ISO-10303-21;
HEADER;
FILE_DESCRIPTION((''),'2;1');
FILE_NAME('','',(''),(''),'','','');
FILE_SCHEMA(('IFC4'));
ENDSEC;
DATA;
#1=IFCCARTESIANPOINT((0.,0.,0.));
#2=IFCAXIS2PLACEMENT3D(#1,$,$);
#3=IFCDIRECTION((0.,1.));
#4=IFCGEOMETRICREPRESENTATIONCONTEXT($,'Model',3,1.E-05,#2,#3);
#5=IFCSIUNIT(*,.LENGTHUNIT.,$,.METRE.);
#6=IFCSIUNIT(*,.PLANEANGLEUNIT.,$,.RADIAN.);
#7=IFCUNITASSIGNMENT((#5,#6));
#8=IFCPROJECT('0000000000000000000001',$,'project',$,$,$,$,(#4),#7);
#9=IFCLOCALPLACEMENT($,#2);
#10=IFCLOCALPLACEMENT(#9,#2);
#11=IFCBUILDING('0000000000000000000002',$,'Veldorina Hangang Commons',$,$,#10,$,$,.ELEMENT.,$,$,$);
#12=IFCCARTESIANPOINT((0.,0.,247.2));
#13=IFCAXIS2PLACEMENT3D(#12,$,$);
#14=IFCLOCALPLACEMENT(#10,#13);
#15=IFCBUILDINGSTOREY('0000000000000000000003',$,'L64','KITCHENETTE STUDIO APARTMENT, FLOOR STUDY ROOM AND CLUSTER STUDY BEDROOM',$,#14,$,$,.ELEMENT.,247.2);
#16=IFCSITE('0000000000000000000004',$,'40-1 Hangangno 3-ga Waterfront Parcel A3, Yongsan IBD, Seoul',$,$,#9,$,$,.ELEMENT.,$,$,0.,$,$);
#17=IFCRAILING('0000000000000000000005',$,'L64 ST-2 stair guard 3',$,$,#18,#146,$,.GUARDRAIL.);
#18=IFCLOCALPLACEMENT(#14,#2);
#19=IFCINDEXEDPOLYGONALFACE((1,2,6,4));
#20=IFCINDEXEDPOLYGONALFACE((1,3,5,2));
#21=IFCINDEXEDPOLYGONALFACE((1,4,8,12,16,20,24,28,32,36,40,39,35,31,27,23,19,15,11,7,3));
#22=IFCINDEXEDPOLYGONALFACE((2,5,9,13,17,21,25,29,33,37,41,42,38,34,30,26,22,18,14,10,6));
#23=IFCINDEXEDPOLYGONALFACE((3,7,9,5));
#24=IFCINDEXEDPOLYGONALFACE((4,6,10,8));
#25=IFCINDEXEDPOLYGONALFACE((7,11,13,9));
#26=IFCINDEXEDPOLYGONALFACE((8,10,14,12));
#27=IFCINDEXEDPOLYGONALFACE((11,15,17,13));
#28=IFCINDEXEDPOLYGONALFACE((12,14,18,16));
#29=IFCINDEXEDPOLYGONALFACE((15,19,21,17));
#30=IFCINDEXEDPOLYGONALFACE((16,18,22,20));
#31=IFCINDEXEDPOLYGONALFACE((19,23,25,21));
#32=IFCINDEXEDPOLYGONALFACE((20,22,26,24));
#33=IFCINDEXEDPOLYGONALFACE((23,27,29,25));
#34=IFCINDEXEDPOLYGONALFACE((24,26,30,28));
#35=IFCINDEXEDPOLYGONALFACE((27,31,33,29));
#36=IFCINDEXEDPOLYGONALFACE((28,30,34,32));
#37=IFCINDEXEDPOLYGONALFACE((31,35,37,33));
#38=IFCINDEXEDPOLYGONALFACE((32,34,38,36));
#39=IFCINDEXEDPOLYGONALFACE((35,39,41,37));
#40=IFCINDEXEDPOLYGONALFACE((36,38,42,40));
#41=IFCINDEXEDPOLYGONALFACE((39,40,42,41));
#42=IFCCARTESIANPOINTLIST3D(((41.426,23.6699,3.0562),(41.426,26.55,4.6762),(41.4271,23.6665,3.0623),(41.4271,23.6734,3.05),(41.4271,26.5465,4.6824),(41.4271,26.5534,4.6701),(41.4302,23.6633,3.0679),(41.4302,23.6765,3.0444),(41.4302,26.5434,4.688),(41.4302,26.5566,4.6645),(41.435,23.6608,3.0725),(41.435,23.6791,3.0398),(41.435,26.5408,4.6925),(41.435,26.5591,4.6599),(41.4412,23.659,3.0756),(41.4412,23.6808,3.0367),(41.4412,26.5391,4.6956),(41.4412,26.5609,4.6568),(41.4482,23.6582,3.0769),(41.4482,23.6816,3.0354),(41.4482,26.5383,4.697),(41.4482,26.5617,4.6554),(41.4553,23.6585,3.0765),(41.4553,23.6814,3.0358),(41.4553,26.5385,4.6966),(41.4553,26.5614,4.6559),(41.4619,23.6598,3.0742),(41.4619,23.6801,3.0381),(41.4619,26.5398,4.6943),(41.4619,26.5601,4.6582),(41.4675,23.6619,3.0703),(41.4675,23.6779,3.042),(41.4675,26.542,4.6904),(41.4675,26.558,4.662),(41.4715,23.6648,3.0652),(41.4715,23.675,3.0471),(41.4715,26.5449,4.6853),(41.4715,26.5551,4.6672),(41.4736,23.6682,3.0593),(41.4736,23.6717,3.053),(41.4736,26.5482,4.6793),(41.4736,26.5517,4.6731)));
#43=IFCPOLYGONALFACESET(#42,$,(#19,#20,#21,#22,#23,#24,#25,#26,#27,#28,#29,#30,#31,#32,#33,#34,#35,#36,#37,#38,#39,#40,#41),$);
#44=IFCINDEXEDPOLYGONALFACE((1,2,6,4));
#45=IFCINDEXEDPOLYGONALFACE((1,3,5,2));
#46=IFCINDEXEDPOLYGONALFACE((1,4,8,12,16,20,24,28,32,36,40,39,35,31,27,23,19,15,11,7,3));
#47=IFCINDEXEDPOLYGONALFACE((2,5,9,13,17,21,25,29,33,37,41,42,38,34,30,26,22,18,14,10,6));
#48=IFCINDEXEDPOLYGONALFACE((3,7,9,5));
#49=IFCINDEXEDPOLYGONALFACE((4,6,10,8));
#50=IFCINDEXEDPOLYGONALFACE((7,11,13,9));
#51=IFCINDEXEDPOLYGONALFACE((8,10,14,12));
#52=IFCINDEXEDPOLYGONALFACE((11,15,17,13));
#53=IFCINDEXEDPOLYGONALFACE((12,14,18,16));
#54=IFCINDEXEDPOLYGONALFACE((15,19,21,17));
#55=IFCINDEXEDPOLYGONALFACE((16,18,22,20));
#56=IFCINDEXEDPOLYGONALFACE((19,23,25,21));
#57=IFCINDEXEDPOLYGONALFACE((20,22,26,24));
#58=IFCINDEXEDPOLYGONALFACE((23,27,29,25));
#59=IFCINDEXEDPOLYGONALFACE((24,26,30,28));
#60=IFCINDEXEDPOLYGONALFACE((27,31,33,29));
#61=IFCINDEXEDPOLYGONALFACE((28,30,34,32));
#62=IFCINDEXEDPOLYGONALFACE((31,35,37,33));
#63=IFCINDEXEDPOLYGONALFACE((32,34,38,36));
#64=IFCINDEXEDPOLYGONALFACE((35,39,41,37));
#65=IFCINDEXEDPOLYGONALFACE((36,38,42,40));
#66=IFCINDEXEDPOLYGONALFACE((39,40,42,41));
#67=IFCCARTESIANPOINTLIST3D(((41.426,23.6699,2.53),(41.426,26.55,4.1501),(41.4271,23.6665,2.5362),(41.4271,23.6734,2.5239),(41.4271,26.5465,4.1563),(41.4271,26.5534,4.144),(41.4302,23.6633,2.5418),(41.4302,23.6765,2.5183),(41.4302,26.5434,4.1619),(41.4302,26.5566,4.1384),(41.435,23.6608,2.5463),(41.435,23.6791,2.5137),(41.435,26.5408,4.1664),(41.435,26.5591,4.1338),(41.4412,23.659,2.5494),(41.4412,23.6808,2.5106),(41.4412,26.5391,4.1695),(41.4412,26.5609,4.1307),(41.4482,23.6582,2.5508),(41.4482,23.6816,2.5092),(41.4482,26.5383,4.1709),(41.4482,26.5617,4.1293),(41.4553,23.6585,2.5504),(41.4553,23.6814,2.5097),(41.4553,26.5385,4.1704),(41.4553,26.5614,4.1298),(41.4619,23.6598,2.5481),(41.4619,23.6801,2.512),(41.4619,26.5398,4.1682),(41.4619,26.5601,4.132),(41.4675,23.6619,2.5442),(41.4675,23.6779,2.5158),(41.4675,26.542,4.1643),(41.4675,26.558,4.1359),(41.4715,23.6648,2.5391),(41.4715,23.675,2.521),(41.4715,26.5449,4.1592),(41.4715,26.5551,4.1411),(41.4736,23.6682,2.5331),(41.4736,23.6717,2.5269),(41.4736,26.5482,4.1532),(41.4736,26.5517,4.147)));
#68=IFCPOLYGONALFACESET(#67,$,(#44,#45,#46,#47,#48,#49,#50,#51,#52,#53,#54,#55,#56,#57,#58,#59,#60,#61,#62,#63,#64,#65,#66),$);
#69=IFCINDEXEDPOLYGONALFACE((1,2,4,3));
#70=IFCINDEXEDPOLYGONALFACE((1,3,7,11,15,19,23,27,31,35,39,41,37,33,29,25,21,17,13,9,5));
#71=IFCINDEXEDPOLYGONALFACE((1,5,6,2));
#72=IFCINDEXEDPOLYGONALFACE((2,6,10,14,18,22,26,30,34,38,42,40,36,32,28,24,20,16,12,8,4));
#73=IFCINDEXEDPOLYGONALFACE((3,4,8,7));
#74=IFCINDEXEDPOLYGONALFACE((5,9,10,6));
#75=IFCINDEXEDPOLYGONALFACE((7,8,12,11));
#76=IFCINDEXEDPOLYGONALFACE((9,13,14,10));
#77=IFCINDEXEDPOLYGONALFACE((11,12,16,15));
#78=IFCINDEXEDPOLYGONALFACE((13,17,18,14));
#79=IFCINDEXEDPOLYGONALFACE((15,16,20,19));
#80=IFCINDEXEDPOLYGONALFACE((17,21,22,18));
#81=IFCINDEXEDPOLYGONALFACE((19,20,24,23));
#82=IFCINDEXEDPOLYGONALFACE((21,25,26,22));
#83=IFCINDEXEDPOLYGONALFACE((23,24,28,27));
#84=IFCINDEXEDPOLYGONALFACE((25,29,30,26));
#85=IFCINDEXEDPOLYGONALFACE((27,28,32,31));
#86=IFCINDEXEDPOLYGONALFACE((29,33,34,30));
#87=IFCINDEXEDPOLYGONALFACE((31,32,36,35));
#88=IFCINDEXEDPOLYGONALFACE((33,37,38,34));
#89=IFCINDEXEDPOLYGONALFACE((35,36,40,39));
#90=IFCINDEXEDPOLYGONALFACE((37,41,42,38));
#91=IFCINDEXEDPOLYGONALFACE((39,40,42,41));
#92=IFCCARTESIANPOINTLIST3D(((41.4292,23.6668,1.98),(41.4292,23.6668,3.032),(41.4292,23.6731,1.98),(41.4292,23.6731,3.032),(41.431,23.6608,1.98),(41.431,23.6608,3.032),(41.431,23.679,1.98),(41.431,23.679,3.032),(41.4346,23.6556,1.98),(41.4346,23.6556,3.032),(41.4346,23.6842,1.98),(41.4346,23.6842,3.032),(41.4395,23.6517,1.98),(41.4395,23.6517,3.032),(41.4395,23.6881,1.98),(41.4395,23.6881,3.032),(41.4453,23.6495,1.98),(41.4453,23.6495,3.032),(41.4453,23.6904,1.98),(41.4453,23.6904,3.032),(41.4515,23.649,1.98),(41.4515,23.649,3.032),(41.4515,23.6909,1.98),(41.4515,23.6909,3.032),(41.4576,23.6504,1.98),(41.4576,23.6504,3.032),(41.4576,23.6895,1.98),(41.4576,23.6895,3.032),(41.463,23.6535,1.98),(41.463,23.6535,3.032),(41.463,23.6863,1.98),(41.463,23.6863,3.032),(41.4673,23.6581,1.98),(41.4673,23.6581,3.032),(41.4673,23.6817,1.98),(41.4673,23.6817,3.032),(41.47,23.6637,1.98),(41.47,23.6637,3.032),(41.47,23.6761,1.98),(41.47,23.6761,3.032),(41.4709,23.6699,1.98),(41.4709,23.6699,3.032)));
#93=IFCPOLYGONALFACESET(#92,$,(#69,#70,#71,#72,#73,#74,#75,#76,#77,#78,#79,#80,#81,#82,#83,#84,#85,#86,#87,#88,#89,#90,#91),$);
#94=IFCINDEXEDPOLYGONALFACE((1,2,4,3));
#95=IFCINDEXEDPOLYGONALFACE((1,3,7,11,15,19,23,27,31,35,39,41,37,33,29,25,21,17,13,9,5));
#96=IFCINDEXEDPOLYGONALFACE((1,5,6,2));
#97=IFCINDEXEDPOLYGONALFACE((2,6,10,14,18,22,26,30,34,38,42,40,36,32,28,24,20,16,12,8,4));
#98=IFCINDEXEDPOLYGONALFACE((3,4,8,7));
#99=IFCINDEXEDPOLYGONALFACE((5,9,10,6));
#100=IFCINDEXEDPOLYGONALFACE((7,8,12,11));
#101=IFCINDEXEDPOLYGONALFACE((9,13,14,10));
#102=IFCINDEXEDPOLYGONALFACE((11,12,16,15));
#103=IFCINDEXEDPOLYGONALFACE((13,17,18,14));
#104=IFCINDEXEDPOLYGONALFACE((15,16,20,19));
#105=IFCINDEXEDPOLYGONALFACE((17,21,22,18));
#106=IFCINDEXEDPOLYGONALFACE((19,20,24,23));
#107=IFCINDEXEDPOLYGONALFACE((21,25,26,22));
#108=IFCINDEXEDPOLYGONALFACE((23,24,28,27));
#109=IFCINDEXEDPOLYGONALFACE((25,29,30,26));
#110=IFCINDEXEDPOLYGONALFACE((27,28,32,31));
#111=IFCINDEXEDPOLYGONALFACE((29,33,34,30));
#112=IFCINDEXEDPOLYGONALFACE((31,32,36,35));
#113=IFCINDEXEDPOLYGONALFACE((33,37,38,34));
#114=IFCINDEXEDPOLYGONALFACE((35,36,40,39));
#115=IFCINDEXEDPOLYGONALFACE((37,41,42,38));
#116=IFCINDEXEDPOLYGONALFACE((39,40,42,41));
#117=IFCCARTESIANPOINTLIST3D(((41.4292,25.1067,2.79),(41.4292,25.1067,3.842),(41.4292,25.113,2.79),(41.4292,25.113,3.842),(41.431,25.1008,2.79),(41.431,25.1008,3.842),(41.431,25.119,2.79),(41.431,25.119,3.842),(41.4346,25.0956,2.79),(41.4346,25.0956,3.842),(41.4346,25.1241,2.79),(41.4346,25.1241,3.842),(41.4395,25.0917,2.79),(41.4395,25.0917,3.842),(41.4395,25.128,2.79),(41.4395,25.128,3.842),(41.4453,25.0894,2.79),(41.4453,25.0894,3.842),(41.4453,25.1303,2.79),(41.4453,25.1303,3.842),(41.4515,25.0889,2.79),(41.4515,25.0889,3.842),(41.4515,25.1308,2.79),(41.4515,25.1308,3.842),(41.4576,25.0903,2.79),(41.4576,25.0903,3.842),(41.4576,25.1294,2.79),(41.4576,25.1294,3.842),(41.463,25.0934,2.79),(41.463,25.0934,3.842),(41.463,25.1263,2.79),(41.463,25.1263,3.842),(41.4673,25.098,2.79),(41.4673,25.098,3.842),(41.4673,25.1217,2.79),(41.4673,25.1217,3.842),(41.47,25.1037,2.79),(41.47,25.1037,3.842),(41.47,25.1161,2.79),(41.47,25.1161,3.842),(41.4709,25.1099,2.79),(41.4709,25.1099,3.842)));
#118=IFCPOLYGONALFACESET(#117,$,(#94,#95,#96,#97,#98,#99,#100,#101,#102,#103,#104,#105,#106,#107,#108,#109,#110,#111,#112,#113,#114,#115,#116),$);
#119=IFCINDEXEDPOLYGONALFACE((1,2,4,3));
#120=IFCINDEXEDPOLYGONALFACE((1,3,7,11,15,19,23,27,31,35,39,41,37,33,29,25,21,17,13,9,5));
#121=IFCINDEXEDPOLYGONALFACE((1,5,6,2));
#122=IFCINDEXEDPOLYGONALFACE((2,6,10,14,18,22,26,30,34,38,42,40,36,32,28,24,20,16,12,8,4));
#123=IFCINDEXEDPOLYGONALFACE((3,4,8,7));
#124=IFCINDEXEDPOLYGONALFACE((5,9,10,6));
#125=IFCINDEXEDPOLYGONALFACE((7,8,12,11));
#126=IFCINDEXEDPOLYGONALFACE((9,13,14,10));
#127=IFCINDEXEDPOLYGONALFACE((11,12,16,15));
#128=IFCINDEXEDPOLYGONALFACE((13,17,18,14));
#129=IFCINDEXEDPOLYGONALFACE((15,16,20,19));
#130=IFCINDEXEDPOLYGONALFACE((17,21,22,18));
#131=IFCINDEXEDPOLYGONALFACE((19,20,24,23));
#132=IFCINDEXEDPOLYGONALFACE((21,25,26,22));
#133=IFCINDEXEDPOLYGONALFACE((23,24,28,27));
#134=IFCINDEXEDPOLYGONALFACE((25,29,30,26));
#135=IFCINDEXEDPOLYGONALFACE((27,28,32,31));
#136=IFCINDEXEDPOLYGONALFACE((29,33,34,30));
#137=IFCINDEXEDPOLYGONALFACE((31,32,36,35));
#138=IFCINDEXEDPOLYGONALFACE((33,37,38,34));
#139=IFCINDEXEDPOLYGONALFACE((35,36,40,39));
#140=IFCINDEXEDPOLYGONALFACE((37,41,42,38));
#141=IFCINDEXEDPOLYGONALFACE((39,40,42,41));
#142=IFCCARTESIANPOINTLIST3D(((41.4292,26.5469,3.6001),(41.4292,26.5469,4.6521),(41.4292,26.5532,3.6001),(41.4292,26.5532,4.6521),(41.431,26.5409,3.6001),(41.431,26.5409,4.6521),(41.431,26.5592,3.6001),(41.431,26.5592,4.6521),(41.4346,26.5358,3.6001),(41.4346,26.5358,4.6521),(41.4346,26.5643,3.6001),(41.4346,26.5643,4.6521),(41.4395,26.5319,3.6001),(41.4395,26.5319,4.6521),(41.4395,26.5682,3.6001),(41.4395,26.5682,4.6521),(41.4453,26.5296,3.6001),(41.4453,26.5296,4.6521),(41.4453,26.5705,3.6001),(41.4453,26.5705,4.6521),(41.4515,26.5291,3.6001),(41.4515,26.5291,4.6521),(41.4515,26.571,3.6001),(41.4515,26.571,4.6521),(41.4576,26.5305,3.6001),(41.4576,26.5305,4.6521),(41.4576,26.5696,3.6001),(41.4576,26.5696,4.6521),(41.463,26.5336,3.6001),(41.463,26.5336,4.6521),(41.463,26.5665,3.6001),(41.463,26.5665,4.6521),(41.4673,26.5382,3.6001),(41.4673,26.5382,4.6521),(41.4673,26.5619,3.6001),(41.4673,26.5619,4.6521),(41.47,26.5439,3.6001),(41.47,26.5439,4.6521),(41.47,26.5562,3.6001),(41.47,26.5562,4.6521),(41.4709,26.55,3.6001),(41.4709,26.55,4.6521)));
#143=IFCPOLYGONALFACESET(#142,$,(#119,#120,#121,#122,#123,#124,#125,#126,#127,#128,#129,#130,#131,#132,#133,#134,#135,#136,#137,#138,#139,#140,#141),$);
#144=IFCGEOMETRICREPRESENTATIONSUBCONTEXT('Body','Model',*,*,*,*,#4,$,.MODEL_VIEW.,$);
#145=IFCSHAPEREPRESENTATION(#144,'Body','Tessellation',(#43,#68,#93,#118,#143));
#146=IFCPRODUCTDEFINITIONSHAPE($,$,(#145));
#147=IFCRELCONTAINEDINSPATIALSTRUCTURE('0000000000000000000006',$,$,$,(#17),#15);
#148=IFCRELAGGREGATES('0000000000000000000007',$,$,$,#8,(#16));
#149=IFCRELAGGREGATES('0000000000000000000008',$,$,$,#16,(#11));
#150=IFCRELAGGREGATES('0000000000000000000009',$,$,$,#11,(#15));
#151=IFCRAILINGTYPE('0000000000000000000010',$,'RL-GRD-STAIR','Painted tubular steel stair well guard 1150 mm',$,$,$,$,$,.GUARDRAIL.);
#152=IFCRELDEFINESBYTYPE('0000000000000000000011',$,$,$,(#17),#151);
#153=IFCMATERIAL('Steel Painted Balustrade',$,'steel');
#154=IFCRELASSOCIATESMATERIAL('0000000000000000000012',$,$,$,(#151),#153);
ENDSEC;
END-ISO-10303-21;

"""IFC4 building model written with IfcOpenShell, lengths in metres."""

from ifc_helpers import new_model, si_unit, direction, frame, origin, origin_2d, place, context, subcontext, project, spatial, circle, extrude, material, type_object, element, save


model = new_model("IFC4")

# Units and contexts
model_context = context("Model", 3, precision=1e-05, world=origin(), true_north=direction((0.0, 1.0)))
body_context = subcontext(model_context, "Body", "Model", "MODEL_VIEW")
ifc_project = project(units=[si_unit("LENGTHUNIT", "METRE"), si_unit("PLANEANGLEUNIT", "RADIAN")], contexts=[model_context])

# Site, building, storey
site_placement = place(None, origin())
site = spatial("IfcSite", under=ifc_project, at=site_placement, Name="40-1 Hangangno 3-ga Waterfront Parcel A3, Yongsan IBD, Seoul", CompositionType="ELEMENT", RefElevation=0.0)
building_placement = place(site_placement, origin())
building = spatial("IfcBuilding", under=site, at=building_placement, Name="Veldorina Hangang Commons", CompositionType="ELEMENT")
storey_placement = place(building_placement, frame((0.0, 0.0, 247.2)))
storey = spatial("IfcBuildingStorey", under=building, at=storey_placement, Name="L64", Description="KITCHENETTE STUDIO APARTMENT, FLOOR STUDY ROOM AND CLUSTER STUDY BEDROOM", CompositionType="ELEMENT", Elevation=247.2)

# Railing
ifc_material_1 = material(Name="Steel Painted Balustrade", Category="steel")
railing_type_1 = type_object("IfcRailingType", Name="RL-GRD-STAIR", Description="Painted tubular steel stair well guard 1150 mm", PredefinedType="GUARDRAIL", material=ifc_material_1)
railing_1_placement = place(storey_placement, frame((41.45, 23.6699, 1.98)))
element("IfcRailing", 1, at=railing_1_placement, inside=storey, type_object=railing_type_1, Name="L64 ST-2 stair guard 3", PredefinedType="GUARDRAIL", context=body_context, shape_type="SweptSolid", body=[
    extrude(circle(Radius=0.0239, at=origin_2d()), frame((0.0, 0.0, 1.0762), z_axis=(0.0, 0.87157, 0.490272), x_axis=(-1.0, 0.0, 0.0)), (0.0, 0.0, 1.0), 3.3044),
    extrude(circle(Radius=0.0239, at=origin_2d()), frame((0.0, 0.0, 0.55), z_axis=(0.0, 0.87157, 0.490272), x_axis=(-1.0, 0.0, 0.0)), (0.0, 0.0, 1.0), 3.3044),
    extrude(circle(Radius=0.021, at=origin_2d()), origin(), (0.0, 0.0, 1.0), 1.052),
    extrude(circle(Radius=0.021, at=origin_2d()), frame((0.0, 1.4399, 0.8101)), (0.0, 0.0, 1.0), 1.052),
    extrude(circle(Radius=0.021, at=origin_2d()), frame((0.0, 2.8801, 1.6201)), (0.0, 0.0, 1.0), 1.052),
])

save(model, "model.ifc")
